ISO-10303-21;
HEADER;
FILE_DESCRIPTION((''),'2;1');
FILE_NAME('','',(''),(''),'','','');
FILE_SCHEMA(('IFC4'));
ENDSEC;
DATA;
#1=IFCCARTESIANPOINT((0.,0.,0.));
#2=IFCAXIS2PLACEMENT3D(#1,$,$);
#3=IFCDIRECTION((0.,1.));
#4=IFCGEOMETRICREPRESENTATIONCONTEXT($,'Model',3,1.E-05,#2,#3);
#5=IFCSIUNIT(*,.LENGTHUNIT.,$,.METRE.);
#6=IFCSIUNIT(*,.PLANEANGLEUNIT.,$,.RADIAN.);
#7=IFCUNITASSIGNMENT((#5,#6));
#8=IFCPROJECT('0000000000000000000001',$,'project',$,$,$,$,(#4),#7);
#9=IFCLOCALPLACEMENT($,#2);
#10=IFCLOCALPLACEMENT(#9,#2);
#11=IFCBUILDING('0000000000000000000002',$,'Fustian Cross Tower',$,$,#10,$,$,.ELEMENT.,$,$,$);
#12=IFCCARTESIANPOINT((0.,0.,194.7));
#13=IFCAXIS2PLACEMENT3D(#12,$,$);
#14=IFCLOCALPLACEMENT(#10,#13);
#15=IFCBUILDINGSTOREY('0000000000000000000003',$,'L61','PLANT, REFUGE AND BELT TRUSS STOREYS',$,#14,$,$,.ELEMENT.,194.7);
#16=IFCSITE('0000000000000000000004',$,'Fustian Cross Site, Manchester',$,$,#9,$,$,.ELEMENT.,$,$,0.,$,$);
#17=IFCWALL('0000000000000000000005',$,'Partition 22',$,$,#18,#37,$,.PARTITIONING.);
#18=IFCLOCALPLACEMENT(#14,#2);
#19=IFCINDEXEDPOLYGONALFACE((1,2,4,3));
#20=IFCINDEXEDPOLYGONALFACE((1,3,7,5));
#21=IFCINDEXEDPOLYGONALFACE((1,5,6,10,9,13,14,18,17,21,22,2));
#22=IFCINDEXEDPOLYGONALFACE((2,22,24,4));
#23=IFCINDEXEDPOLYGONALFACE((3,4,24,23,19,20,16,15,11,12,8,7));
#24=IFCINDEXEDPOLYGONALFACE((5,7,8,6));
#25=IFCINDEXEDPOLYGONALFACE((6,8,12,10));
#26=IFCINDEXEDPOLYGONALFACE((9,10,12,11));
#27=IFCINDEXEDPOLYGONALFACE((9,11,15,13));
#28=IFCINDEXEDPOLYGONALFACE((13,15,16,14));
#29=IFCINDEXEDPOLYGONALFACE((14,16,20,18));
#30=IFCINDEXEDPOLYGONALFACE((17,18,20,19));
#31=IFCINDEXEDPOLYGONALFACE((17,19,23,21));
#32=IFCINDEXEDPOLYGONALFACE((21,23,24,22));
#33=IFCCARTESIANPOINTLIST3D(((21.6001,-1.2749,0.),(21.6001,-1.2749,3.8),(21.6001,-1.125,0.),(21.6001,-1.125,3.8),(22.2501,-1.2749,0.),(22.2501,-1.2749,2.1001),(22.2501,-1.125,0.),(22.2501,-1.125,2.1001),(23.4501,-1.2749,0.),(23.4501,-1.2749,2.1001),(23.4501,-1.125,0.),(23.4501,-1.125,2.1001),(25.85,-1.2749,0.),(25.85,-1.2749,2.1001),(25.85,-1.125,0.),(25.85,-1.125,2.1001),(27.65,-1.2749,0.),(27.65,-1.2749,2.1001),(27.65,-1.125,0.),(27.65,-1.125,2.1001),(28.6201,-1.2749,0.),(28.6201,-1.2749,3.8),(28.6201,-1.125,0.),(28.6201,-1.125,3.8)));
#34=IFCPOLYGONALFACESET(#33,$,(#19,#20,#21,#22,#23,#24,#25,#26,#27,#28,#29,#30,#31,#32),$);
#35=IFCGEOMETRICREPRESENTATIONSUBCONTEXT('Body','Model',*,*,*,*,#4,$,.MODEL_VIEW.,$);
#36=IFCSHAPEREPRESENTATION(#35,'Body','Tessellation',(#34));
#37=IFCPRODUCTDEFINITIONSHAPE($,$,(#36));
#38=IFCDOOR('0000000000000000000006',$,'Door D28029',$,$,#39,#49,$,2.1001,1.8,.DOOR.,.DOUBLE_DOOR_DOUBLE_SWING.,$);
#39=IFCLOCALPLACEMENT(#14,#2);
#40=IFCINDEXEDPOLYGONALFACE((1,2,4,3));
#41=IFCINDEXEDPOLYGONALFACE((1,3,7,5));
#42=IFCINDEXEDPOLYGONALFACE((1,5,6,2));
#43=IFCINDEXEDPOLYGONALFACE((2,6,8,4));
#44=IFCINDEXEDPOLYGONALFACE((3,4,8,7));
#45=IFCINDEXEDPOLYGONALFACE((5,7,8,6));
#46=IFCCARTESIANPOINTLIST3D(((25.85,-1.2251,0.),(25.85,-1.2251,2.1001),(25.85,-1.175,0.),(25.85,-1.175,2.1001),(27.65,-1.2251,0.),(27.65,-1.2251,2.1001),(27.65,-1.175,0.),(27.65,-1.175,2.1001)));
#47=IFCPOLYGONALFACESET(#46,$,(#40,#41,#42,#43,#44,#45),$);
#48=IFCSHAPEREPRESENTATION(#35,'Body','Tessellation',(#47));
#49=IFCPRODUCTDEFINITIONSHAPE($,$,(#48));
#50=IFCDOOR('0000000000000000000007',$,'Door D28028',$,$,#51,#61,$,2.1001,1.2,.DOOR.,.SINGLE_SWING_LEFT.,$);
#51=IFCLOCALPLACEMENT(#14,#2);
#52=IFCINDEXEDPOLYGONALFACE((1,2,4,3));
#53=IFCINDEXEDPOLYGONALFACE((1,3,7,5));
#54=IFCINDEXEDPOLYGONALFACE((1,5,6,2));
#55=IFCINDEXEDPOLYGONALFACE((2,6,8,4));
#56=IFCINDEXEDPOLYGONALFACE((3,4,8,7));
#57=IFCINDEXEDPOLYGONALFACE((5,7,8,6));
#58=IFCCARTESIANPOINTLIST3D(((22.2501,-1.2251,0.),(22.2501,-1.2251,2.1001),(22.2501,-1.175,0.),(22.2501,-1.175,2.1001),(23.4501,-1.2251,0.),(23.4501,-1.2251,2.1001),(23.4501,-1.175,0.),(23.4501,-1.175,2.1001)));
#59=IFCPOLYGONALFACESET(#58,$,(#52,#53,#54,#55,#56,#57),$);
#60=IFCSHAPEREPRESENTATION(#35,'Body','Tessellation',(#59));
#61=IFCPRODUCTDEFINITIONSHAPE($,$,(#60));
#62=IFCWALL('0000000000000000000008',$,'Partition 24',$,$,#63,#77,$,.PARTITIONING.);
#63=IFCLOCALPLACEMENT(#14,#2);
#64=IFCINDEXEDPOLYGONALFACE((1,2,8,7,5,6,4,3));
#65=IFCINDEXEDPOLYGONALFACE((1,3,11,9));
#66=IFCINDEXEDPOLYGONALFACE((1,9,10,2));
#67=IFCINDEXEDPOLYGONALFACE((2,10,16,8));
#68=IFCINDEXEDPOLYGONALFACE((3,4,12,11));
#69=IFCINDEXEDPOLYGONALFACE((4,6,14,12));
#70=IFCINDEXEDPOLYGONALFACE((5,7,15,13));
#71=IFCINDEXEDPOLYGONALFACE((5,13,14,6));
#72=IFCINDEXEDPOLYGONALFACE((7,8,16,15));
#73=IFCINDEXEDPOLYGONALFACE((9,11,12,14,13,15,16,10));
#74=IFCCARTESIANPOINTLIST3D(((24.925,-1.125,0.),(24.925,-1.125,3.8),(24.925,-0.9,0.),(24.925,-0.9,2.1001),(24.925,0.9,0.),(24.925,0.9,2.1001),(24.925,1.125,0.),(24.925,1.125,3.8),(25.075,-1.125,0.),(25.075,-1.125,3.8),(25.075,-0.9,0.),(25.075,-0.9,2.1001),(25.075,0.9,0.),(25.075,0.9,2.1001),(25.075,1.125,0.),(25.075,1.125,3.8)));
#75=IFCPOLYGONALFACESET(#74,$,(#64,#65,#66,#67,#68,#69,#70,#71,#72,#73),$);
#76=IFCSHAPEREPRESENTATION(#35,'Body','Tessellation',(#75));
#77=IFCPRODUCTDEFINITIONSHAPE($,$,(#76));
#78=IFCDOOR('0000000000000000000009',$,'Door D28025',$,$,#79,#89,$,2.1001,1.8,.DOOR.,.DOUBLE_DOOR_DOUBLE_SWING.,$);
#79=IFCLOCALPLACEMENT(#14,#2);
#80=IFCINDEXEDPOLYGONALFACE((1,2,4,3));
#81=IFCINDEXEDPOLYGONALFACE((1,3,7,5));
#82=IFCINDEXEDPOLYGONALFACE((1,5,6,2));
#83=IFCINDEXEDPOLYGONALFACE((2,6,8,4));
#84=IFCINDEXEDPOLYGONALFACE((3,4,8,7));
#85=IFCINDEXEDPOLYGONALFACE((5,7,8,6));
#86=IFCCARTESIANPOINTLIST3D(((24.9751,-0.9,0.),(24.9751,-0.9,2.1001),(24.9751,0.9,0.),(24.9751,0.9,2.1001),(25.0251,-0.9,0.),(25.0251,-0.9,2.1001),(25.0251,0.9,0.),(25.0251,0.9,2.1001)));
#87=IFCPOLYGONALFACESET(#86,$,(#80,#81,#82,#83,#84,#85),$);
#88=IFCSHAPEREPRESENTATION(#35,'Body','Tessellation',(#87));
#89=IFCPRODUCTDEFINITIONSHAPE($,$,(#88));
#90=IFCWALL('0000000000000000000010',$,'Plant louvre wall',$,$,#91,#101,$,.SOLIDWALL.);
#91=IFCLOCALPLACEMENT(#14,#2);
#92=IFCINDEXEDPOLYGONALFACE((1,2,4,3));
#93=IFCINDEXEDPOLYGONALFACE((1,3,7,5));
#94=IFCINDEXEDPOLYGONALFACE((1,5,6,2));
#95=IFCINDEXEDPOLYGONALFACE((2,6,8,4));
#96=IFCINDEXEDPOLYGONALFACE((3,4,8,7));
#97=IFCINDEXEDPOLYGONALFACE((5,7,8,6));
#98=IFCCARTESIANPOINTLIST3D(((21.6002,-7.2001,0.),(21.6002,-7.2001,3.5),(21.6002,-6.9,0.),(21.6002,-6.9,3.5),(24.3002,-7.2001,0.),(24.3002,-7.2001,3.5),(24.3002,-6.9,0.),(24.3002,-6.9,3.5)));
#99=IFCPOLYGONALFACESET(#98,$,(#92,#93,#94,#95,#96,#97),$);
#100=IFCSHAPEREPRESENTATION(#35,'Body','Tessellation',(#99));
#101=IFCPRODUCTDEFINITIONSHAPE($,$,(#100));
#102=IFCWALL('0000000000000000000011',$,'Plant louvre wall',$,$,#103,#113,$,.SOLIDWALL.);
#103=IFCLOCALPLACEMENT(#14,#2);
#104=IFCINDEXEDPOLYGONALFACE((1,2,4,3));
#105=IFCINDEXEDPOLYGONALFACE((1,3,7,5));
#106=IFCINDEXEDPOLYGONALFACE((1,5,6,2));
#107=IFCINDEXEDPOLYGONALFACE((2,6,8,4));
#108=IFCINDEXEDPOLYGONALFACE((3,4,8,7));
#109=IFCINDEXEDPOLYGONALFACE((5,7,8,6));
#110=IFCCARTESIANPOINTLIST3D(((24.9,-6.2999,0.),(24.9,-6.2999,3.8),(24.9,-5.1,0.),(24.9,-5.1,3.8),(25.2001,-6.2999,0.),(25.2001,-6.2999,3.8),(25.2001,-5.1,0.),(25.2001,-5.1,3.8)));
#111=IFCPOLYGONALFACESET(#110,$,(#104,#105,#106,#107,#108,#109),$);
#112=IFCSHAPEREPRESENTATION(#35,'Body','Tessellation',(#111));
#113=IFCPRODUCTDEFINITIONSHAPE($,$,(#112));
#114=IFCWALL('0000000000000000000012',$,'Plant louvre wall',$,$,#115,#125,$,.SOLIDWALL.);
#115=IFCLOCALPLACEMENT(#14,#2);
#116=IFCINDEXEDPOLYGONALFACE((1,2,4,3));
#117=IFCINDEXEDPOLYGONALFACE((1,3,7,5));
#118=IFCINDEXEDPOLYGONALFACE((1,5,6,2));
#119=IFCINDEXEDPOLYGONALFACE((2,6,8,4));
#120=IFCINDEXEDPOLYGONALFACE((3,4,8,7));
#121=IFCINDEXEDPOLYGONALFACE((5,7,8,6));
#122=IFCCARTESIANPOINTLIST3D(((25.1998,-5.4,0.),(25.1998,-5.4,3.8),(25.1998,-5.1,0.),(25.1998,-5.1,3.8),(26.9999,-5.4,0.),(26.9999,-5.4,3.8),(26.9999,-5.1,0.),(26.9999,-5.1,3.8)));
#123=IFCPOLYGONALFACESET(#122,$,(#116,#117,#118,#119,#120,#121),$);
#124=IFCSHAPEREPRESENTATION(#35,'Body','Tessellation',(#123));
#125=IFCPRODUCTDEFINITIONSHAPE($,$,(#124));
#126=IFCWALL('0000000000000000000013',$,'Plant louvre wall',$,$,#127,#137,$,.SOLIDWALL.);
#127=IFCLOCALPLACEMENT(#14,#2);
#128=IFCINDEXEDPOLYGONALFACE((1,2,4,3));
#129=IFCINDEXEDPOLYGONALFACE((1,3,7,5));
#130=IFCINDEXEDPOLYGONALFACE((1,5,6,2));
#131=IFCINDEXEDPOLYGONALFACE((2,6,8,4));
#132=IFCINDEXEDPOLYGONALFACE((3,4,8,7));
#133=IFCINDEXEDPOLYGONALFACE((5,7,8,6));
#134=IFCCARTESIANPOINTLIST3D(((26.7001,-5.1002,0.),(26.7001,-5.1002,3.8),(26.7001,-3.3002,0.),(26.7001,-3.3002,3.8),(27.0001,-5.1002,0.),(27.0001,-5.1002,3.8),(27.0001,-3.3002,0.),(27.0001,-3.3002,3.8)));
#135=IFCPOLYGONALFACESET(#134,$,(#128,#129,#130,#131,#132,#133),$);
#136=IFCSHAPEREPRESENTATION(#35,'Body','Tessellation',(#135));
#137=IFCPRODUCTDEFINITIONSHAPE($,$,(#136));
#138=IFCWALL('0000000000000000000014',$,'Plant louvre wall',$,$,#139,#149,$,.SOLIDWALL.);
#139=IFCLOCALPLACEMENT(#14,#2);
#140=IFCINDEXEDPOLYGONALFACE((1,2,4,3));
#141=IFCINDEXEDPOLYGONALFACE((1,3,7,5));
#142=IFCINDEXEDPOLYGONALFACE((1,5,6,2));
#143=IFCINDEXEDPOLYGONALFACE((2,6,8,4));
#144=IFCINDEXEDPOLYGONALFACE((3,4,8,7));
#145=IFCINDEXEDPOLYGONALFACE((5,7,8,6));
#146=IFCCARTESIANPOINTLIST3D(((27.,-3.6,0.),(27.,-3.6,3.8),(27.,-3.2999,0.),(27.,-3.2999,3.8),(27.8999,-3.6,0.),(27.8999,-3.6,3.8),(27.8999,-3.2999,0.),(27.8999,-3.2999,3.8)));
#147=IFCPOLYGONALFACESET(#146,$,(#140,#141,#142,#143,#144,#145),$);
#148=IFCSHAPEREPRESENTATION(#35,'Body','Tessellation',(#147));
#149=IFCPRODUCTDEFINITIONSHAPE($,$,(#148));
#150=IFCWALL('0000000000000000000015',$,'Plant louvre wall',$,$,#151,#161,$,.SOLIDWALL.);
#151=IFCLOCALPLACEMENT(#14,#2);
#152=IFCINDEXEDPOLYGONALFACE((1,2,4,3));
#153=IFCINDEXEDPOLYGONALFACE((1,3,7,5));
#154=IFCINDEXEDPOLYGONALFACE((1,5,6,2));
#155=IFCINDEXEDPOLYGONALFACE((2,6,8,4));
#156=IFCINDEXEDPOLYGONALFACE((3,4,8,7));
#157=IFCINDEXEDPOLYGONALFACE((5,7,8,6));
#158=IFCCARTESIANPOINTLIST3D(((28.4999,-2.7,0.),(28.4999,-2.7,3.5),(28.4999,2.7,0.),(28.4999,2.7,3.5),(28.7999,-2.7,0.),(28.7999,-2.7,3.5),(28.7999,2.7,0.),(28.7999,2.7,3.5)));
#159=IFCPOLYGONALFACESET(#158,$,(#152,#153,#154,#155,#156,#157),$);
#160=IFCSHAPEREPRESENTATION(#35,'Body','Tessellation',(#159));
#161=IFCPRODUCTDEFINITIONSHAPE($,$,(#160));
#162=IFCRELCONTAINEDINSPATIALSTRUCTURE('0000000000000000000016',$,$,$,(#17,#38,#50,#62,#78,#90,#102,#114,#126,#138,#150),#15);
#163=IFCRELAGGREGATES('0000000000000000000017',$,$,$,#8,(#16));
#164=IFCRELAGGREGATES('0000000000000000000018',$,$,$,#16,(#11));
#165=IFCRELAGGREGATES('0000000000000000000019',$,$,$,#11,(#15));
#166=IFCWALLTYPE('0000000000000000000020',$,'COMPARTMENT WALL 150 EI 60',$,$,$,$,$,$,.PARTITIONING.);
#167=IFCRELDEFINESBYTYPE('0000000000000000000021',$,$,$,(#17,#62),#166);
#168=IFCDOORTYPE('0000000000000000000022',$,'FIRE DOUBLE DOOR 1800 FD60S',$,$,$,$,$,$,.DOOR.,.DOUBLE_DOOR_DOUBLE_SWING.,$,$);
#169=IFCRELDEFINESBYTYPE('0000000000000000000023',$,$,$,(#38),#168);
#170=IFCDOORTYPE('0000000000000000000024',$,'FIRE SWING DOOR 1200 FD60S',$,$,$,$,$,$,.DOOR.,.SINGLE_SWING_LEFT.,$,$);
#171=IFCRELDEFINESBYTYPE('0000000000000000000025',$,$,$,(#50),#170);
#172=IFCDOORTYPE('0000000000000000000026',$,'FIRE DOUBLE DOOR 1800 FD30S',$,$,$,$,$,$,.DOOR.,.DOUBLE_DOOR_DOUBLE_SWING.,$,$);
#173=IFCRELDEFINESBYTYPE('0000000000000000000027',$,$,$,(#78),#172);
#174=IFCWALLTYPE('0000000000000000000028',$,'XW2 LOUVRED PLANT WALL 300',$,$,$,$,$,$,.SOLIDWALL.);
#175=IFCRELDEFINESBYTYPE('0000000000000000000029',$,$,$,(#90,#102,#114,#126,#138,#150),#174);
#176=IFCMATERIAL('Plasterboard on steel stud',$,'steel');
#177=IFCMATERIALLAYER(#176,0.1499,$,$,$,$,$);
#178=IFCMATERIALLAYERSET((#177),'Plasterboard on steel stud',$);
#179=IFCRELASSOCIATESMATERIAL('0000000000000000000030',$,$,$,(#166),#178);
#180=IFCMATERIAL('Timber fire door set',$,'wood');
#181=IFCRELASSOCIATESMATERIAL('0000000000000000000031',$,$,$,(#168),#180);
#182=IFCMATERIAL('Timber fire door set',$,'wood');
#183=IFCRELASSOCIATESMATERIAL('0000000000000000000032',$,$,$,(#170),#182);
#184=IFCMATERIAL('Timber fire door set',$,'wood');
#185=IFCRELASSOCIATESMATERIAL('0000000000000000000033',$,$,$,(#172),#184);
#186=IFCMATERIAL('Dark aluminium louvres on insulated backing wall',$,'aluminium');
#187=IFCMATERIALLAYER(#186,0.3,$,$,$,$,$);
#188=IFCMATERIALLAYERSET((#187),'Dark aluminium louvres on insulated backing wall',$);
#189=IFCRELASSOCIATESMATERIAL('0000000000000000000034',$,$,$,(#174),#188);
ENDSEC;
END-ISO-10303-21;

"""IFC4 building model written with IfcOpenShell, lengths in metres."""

from ifc_helpers import new_model, si_unit, direction, frame, frame_2d, origin, place, context, subcontext, project, spatial, rectangle, extrude, material, layer, layer_set, type_object, element, fill, save


model = new_model("IFC4")

# Units and contexts
model_context = context("Model", 3, precision=1e-05, world=origin(), true_north=direction((0.0, 1.0)))
body_context = subcontext(model_context, "Body", "Model", "MODEL_VIEW")
ifc_project = project(units=[si_unit("LENGTHUNIT", "METRE"), si_unit("PLANEANGLEUNIT", "RADIAN")], contexts=[model_context])

# Site, building, storey
site_placement = place(None, origin())
site = spatial("IfcSite", under=ifc_project, at=site_placement, Name="Fustian Cross Site, Manchester", CompositionType="ELEMENT", RefElevation=0.0)
building_placement = place(site_placement, origin())
building = spatial("IfcBuilding", under=site, at=building_placement, Name="Fustian Cross Tower", CompositionType="ELEMENT")
storey_placement = place(building_placement, frame((0.0, 0.0, 194.7)))
storey = spatial("IfcBuildingStorey", under=building, at=storey_placement, Name="L61", Description="PLANT, REFUGE AND BELT TRUSS STOREYS", CompositionType="ELEMENT", Elevation=194.7)

# Wall, openings, doors
ifc_material_1 = material(Name="Plasterboard on steel stud", Category="steel")
ifc_layer_1 = layer(ifc_material_1, 0.1499)
ifc_layer_set_1 = layer_set([ifc_layer_1], Name="Plasterboard on steel stud")
wall_type_1 = type_object("IfcWallType", Name="COMPARTMENT WALL 150 EI 60", PredefinedType="PARTITIONING", material=ifc_layer_set_1)
wall_1_placement = place(storey_placement, frame((21.6001, -1.2, 0.0), z_axis=(0.0, 0.0, 1.0), x_axis=(1.0, 0.0, 0.0)))
wall_1 = element("IfcWall", 1, at=wall_1_placement, inside=storey, type_object=wall_type_1, Name="Partition 22", PredefinedType="PARTITIONING", context=body_context, shape_type="SweptSolid", body=[
    extrude(rectangle(XDim=7.02, YDim=0.1499, at=frame_2d((3.51, 0.0))), origin(), (0.0, 0.0, 1.0), 3.8),
])
opening_1_placement = place(wall_1_placement, frame((0.6499, 0.0, 0.0)))
opening_1 = element("IfcOpeningElement", 2, at=opening_1_placement, cuts=wall_1, PredefinedType="OPENING", context=body_context, shape_type="SweptSolid", body=[
    extrude(rectangle(XDim=1.2, YDim=2.1001, at=frame_2d((0.6001, 1.05))), frame((0.0, 0.085, 0.0), z_axis=(0.0, -1.0, 0.0), x_axis=(1.0, 0.0, 0.0)), (0.0, 0.0, 1.0), 0.1699),
])
opening_2_placement = place(wall_1_placement, frame((4.25, 0.0, 0.0)))
opening_2 = element("IfcOpeningElement", 3, at=opening_2_placement, cuts=wall_1, PredefinedType="OPENING", context=body_context, shape_type="SweptSolid", body=[
    extrude(rectangle(XDim=1.8, YDim=2.1001, at=frame_2d((0.8999, 1.05))), frame((0.0, 0.085, 0.0), z_axis=(0.0, -1.0, 0.0), x_axis=(1.0, 0.0, 0.0)), (0.0, 0.0, 1.0), 0.1699),
])
ifc_material_2 = material(Name="Timber fire door set", Category="wood")
door_type_1 = type_object("IfcDoorType", Name="FIRE DOUBLE DOOR 1800 FD60S", OperationType="DOUBLE_DOOR_DOUBLE_SWING", PredefinedType="DOOR", material=ifc_material_2)
door_1_placement = place(opening_2_placement, origin())
door_1 = element("IfcDoor", 4, at=door_1_placement, inside=storey, type_object=door_type_1, Name="Door D28029", OperationType="DOUBLE_DOOR_DOUBLE_SWING", OverallHeight=2.1001, OverallWidth=1.8, PredefinedType="DOOR", context=body_context, shape_type="SweptSolid", body=[
    extrude(rectangle(XDim=1.8, YDim=2.1001, at=frame_2d((0.8999, 1.05))), frame((0.0, 0.0249, 0.0), z_axis=(0.0, -1.0, 0.0), x_axis=(1.0, 0.0, 0.0)), (0.0, 0.0, 1.0), 0.05),
])
fill(opening_2, door_1)
ifc_material_3 = material(Name="Timber fire door set", Category="wood")
door_type_2 = type_object("IfcDoorType", Name="FIRE SWING DOOR 1200 FD60S", OperationType="SINGLE_SWING_LEFT", PredefinedType="DOOR", material=ifc_material_3)
door_2_placement = place(opening_1_placement, origin())
door_2 = element("IfcDoor", 5, at=door_2_placement, inside=storey, type_object=door_type_2, Name="Door D28028", OperationType="SINGLE_SWING_LEFT", OverallHeight=2.1001, OverallWidth=1.2, PredefinedType="DOOR", context=body_context, shape_type="SweptSolid", body=[
    extrude(rectangle(XDim=1.2, YDim=2.1001, at=frame_2d((0.6001, 1.05))), frame((0.0, 0.0249, 0.0), z_axis=(0.0, -1.0, 0.0), x_axis=(1.0, 0.0, 0.0)), (0.0, 0.0, 1.0), 0.05),
])
fill(opening_1, door_2)

# Wall, opening, door
wall_2_placement = place(storey_placement, frame((25.0, -1.125, 0.0), z_axis=(0.0, 0.0, 1.0), x_axis=(0.0, 1.0, 0.0)))
wall_2 = element("IfcWall", 6, at=wall_2_placement, inside=storey, type_object=wall_type_1, Name="Partition 24", PredefinedType="PARTITIONING", context=body_context, shape_type="SweptSolid", body=[
    extrude(rectangle(XDim=2.25, YDim=0.1499, at=frame_2d((1.125, 0.0))), origin(), (0.0, 0.0, 1.0), 3.8),
])
opening_3_placement = place(wall_2_placement, frame((0.2251, 0.0, 0.0)))
opening_3 = element("IfcOpeningElement", 7, at=opening_3_placement, cuts=wall_2, PredefinedType="OPENING", context=body_context, shape_type="SweptSolid", body=[
    extrude(rectangle(XDim=1.8, YDim=2.1001, at=frame_2d((0.8999, 1.05))), frame((0.0, 0.085, 0.0), z_axis=(0.0, -1.0, 0.0), x_axis=(1.0, 0.0, 0.0)), (0.0, 0.0, 1.0), 0.1699),
])
ifc_material_4 = material(Name="Timber fire door set", Category="wood")
door_type_3 = type_object("IfcDoorType", Name="FIRE DOUBLE DOOR 1800 FD30S", OperationType="DOUBLE_DOOR_DOUBLE_SWING", PredefinedType="DOOR", material=ifc_material_4)
door_3_placement = place(opening_3_placement, origin())
door_3 = element("IfcDoor", 8, at=door_3_placement, inside=storey, type_object=door_type_3, Name="Door D28025", OperationType="DOUBLE_DOOR_DOUBLE_SWING", OverallHeight=2.1001, OverallWidth=1.8, PredefinedType="DOOR", context=body_context, shape_type="SweptSolid", body=[
    extrude(rectangle(XDim=1.8, YDim=2.1001, at=frame_2d((0.8999, 1.05))), frame((0.0, 0.0249, 0.0), z_axis=(0.0, -1.0, 0.0), x_axis=(1.0, 0.0, 0.0)), (0.0, 0.0, 1.0), 0.05),
])
fill(opening_3, door_3)

# Walls
ifc_material_5 = material(Name="Dark aluminium louvres on insulated backing wall", Category="aluminium")
ifc_layer_2 = layer(ifc_material_5, 0.3)
ifc_layer_set_2 = layer_set([ifc_layer_2], Name="Dark aluminium louvres on insulated backing wall")
wall_type_2 = type_object("IfcWallType", Name="XW2 LOUVRED PLANT WALL 300", PredefinedType="SOLIDWALL", material=ifc_layer_set_2)
wall_3_placement = place(storey_placement, frame((21.6001, -7.05, 0.0), z_axis=(0.0, 0.0, 1.0), x_axis=(1.0, 0.0, 0.0)))
element("IfcWall", 9, at=wall_3_placement, inside=storey, type_object=wall_type_2, Name="Plant louvre wall", PredefinedType="SOLIDWALL", context=body_context, shape_type="SweptSolid", body=[
    extrude(rectangle(XDim=2.7, YDim=0.3, at=frame_2d((1.3501, 0.0))), origin(), (0.0, 0.0, 1.0), 3.5),
])
wall_4_placement = place(storey_placement, frame((25.05, -6.3, 0.0), z_axis=(0.0, 0.0, 1.0), x_axis=(0.0, 1.0, 0.0)))
element("IfcWall", 10, at=wall_4_placement, inside=storey, type_object=wall_type_2, Name="Plant louvre wall", PredefinedType="SOLIDWALL", context=body_context, shape_type="SweptSolid", body=[
    extrude(rectangle(XDim=1.2, YDim=0.3, at=frame_2d((0.6001, 0.0))), origin(), (0.0, 0.0, 1.0), 3.8),
])
for number, where, z_axis, x_axis, name in (
    (11, (25.2, -5.25, 0.0), (0.0, 0.0, 1.0), (1.0, 0.0, 0.0), "Plant louvre wall"),
    (12, (26.8501, -5.1001, 0.0), (0.0, 0.0, 1.0), (0.0, 1.0, 0.0), "Plant louvre wall"),
):
    element("IfcWall", number, at=place(storey_placement, frame(where, z_axis=z_axis, x_axis=x_axis)), inside=storey, type_object=wall_type_2, Name=name, PredefinedType="SOLIDWALL", context=body_context, shape_type="SweptSolid", body=[
        extrude(rectangle(XDim=1.8, YDim=0.3, at=frame_2d((0.8999, 0.0))), origin(), (0.0, 0.0, 1.0), 3.8),
    ])
wall_5_placement = place(storey_placement, frame((27.0, -3.45, 0.0), z_axis=(0.0, 0.0, 1.0), x_axis=(1.0, 0.0, 0.0)))
element("IfcWall", 13, at=wall_5_placement, inside=storey, type_object=wall_type_2, Name="Plant louvre wall", PredefinedType="SOLIDWALL", context=body_context, shape_type="SweptSolid", body=[
    extrude(rectangle(XDim=0.8999, YDim=0.3, at=frame_2d((0.45, 0.0))), origin(), (0.0, 0.0, 1.0), 3.8),
])
wall_6_placement = place(storey_placement, frame((28.6499, -2.7, 0.0), z_axis=(0.0, 0.0, 1.0), x_axis=(0.0, 1.0, 0.0)))
element("IfcWall", 14, at=wall_6_placement, inside=storey, type_object=wall_type_2, Name="Plant louvre wall", PredefinedType="SOLIDWALL", context=body_context, shape_type="SweptSolid", body=[
    extrude(rectangle(XDim=5.3999, YDim=0.3, at=frame_2d((2.7, 0.0))), origin(), (0.0, 0.0, 1.0), 3.5),
])

save(model, "model.ifc")
